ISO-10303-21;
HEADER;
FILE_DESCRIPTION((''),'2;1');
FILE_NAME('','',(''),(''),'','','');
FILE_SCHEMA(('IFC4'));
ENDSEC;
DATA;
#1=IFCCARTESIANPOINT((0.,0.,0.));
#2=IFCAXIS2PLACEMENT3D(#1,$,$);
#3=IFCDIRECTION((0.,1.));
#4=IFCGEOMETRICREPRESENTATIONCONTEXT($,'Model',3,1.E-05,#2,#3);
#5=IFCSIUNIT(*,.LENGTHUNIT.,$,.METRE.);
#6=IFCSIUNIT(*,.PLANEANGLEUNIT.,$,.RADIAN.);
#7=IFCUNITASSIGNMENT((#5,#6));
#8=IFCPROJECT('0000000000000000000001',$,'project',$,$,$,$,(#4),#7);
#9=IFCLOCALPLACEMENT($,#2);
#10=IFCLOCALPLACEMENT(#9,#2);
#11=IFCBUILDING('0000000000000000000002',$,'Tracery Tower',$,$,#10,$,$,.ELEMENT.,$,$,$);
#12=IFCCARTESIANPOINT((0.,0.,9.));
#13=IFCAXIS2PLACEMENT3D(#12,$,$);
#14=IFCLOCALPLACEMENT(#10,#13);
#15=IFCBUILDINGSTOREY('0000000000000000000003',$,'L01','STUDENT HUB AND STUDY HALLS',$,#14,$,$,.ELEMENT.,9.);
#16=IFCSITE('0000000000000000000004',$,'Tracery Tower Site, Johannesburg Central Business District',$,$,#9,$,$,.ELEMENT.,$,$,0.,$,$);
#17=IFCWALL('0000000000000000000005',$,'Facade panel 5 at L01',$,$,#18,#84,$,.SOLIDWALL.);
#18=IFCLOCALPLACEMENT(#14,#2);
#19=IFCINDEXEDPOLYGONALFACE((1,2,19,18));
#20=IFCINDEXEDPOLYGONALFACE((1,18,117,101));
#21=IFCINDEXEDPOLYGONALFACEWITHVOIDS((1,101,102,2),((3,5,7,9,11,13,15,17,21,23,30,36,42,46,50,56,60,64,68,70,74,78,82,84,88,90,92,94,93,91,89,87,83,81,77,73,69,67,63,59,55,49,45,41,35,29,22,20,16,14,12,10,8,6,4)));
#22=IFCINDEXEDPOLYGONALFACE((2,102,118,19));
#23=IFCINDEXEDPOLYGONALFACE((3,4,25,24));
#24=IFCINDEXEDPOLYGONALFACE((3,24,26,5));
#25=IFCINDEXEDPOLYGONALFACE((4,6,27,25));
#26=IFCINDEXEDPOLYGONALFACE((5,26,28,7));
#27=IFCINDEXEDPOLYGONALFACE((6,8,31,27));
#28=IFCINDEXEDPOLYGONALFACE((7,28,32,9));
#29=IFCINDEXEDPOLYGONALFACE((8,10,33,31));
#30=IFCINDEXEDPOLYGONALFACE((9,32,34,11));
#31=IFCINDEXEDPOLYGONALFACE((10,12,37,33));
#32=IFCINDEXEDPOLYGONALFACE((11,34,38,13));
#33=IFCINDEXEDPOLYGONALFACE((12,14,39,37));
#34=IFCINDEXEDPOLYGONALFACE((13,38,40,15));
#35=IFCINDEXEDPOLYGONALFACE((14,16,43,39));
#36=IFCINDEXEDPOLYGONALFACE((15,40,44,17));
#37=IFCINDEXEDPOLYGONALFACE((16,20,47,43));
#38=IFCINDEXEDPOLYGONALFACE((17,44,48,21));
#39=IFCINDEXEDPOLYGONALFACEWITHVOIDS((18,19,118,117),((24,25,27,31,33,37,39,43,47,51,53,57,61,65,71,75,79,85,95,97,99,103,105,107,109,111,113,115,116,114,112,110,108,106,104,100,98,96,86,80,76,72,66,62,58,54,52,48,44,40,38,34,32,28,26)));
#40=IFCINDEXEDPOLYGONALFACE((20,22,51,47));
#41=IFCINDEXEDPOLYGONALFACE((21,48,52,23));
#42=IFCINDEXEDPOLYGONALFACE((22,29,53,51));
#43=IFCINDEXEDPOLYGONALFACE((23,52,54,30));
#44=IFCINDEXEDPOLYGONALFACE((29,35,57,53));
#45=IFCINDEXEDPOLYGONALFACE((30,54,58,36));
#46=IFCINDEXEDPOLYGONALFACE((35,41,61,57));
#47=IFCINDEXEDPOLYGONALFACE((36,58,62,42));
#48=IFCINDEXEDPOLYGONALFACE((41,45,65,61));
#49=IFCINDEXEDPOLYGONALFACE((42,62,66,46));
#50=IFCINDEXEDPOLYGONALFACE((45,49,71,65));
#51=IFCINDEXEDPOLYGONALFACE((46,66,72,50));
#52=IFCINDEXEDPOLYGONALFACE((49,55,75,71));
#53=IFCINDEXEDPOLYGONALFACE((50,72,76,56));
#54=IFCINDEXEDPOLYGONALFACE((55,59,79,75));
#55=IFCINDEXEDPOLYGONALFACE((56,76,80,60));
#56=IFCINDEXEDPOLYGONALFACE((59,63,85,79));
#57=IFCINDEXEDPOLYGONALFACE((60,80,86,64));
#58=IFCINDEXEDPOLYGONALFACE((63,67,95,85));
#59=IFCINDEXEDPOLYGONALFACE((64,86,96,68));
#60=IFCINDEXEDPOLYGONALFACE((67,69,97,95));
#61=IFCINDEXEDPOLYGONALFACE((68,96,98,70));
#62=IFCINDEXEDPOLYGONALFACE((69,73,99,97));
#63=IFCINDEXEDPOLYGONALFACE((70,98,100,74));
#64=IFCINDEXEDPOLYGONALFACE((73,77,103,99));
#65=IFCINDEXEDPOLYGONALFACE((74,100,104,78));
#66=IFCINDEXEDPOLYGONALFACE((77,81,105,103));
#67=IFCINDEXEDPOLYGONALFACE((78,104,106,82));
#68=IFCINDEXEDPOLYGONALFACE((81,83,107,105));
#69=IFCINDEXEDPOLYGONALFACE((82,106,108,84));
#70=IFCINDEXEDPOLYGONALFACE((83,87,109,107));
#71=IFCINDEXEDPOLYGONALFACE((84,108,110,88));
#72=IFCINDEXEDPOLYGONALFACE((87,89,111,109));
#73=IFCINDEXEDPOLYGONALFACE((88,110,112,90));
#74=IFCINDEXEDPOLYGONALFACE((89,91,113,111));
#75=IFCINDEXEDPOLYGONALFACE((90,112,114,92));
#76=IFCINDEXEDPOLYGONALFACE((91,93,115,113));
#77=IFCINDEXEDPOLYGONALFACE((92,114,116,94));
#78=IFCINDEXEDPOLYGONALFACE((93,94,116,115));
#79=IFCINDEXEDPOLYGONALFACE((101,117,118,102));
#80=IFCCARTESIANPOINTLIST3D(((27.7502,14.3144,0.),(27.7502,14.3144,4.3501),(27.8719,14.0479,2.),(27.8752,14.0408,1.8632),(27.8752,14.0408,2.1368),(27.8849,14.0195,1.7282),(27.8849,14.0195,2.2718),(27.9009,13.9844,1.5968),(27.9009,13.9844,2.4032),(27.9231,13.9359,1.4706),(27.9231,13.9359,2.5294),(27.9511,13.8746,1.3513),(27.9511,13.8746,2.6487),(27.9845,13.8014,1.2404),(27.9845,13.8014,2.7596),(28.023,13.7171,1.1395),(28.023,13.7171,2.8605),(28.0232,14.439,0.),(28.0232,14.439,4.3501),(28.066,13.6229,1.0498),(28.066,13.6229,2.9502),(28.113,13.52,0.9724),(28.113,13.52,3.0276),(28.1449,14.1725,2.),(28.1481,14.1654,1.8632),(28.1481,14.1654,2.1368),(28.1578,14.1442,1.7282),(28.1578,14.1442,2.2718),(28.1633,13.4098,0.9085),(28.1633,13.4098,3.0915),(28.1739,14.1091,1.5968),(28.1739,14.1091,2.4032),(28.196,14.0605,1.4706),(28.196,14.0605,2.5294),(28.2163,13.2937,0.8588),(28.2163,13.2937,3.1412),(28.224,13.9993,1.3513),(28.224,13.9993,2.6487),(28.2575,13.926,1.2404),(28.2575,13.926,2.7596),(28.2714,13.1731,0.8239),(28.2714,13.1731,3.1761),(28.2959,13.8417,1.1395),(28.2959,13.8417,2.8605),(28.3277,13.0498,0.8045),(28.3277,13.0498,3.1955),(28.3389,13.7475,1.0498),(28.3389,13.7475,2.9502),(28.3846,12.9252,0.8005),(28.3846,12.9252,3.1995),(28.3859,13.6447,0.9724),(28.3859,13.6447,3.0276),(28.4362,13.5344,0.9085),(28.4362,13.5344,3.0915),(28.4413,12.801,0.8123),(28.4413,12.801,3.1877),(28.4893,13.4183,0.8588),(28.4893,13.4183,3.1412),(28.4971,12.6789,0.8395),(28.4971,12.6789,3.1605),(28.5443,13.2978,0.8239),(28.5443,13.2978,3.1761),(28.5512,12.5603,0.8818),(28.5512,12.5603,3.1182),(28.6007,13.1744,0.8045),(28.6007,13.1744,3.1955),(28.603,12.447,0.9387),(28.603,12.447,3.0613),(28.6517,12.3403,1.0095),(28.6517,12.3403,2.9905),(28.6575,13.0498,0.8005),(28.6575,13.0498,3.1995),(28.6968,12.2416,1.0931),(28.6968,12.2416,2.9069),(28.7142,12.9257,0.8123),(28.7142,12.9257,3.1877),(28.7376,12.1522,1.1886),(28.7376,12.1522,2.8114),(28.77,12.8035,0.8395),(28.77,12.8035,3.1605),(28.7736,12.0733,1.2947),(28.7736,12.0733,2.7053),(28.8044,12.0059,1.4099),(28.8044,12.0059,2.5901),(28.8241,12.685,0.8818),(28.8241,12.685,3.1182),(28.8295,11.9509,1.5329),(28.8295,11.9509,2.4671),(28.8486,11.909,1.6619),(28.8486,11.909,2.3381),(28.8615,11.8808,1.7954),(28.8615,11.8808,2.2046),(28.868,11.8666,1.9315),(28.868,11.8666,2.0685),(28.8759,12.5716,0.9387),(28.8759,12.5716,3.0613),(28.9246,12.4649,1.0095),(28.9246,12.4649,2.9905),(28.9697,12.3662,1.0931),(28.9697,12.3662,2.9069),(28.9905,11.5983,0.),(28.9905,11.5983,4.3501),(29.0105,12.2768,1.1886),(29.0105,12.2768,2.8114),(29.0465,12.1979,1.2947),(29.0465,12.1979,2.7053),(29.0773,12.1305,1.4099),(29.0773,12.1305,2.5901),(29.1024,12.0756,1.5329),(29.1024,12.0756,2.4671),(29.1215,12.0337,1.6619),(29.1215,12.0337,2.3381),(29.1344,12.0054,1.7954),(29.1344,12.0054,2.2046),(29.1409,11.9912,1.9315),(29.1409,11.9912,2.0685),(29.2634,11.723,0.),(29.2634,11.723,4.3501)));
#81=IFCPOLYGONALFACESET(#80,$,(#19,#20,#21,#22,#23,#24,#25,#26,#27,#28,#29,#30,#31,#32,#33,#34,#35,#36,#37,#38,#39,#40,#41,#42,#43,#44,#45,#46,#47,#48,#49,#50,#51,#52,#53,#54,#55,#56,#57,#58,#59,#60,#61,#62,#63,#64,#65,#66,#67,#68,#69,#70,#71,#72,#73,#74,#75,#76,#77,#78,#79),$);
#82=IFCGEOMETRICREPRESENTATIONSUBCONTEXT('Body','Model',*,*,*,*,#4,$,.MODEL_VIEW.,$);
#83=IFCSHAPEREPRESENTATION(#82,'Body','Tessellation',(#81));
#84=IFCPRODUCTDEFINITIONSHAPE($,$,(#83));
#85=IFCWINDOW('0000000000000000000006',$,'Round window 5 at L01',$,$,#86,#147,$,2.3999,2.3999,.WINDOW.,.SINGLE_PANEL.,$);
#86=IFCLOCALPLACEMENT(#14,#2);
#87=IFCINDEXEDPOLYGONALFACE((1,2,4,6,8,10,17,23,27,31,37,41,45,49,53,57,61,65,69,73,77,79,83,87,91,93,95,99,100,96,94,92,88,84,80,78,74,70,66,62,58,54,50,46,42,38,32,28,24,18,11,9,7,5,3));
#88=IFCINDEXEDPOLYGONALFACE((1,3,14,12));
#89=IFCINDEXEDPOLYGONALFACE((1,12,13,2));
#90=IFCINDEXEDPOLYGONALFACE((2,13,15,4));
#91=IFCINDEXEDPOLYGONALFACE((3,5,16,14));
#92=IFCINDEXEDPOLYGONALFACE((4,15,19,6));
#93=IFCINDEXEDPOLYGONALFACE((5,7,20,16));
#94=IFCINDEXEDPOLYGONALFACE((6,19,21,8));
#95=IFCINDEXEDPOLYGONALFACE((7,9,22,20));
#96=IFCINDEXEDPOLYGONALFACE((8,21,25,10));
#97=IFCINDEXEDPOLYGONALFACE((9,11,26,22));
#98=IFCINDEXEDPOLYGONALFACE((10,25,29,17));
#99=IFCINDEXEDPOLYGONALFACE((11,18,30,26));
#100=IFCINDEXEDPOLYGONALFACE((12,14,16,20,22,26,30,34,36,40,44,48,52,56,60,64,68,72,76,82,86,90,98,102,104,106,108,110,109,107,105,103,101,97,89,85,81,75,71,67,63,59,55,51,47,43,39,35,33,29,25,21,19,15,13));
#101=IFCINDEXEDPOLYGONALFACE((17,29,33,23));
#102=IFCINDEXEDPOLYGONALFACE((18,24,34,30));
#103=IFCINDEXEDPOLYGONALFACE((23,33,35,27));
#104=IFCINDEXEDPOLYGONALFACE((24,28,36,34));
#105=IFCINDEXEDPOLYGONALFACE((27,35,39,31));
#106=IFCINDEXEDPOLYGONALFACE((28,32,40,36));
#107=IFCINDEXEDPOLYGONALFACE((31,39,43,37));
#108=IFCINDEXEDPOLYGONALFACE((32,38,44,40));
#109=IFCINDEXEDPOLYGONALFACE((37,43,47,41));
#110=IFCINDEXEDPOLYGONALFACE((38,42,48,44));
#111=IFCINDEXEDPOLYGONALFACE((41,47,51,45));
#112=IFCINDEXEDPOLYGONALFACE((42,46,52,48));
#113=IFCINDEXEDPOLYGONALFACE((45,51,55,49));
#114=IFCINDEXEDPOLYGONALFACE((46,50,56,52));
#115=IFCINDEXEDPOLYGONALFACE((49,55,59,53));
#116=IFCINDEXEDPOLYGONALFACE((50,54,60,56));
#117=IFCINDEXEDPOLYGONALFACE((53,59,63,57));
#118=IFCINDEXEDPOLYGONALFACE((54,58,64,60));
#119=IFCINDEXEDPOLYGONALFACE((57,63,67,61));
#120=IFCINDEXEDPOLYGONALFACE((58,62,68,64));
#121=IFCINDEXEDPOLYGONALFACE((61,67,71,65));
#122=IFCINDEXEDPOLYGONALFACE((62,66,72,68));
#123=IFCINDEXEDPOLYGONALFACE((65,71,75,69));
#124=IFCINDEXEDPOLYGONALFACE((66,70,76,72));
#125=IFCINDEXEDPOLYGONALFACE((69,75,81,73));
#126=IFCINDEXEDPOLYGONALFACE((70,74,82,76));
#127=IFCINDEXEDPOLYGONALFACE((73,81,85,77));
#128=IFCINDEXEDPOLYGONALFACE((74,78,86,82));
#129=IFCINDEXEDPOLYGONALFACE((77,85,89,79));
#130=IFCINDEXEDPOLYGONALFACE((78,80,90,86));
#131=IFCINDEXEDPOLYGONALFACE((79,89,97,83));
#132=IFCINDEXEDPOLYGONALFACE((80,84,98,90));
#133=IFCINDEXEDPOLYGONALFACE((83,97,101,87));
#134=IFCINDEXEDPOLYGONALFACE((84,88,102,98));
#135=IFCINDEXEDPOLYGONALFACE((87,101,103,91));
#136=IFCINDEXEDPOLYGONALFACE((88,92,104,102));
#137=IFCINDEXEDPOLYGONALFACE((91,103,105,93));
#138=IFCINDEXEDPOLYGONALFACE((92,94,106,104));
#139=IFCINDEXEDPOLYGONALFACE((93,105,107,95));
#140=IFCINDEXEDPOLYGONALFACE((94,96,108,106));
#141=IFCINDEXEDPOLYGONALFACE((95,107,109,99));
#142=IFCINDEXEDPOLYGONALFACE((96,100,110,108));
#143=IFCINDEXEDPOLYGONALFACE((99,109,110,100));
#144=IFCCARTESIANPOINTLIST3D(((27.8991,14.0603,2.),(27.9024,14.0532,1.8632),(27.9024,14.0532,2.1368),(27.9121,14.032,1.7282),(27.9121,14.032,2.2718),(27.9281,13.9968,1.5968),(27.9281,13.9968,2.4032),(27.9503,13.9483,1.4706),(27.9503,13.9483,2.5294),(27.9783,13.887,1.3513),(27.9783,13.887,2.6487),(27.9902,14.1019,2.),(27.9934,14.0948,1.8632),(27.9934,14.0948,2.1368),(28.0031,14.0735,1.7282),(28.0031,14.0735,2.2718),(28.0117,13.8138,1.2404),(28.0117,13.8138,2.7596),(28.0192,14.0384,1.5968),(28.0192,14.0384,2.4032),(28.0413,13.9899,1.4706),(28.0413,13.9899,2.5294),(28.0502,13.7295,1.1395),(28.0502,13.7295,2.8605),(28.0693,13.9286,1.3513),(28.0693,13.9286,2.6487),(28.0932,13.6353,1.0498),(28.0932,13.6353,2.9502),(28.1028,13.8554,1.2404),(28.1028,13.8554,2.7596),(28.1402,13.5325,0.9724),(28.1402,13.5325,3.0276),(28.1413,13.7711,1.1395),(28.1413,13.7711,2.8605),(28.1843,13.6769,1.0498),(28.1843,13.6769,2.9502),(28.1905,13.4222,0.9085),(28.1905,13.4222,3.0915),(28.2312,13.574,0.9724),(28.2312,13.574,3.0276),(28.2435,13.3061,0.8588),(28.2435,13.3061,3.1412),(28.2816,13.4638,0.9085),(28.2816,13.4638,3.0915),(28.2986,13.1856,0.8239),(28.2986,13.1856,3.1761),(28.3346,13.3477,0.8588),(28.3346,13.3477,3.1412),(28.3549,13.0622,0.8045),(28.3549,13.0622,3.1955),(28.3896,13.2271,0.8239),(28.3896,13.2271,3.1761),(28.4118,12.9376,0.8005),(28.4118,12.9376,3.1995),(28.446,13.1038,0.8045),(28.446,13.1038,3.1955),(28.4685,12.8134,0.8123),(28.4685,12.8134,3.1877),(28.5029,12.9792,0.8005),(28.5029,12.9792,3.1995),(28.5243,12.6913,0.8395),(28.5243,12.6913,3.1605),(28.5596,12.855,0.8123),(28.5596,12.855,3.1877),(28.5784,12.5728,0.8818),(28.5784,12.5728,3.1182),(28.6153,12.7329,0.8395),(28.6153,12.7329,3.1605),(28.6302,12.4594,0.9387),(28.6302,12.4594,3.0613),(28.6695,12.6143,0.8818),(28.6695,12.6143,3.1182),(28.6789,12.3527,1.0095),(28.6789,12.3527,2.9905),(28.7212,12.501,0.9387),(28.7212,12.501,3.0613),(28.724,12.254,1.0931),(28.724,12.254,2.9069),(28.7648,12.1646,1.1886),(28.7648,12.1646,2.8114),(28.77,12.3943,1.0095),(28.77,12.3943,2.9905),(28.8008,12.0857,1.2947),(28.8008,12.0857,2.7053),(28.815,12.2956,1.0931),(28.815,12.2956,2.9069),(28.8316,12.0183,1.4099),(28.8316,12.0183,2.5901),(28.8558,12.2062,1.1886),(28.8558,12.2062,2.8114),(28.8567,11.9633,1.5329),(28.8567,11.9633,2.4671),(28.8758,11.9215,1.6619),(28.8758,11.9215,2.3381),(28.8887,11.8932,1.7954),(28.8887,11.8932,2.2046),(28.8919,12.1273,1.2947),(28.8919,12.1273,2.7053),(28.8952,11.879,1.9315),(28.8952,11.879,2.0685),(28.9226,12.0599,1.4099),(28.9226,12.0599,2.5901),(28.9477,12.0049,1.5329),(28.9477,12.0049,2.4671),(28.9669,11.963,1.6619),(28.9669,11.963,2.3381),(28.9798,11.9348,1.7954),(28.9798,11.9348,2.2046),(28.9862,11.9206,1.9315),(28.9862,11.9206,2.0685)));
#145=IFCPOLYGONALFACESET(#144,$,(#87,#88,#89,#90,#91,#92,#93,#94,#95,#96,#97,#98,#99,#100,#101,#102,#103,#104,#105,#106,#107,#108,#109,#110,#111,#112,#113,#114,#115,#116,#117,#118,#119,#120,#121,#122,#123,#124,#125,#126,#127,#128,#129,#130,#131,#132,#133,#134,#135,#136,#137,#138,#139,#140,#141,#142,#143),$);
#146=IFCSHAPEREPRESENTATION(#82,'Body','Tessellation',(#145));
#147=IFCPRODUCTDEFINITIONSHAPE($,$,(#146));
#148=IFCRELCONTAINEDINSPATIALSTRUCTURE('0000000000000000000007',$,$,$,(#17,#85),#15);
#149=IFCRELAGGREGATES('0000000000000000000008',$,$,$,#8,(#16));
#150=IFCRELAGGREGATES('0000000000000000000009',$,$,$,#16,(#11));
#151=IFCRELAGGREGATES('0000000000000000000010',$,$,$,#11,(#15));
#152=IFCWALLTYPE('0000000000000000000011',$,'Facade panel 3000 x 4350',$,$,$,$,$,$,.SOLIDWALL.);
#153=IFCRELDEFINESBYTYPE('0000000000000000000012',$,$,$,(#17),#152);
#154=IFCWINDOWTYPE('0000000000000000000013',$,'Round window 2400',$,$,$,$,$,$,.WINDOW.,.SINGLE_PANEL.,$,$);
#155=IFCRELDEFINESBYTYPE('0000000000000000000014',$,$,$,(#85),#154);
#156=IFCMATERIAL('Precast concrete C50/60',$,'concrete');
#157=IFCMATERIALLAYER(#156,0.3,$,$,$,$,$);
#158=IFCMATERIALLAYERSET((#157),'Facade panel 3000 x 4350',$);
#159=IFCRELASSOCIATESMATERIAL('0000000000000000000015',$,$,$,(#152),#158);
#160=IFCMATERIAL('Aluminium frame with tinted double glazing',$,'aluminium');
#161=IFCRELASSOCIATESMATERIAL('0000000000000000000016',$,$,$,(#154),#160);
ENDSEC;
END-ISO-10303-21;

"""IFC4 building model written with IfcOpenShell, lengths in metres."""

from ifc_helpers import new_model, si_unit, direction, frame, frame_2d, origin, origin_2d, place, context, subcontext, project, spatial, rectangle, circle, extrude, material, layer, layer_set, type_object, element, fill, save


model = new_model("IFC4")

# Units and contexts
model_context = context("Model", 3, precision=1e-05, world=origin(), true_north=direction((0.0, 1.0)))
body_context = subcontext(model_context, "Body", "Model", "MODEL_VIEW")
ifc_project = project(units=[si_unit("LENGTHUNIT", "METRE"), si_unit("PLANEANGLEUNIT", "RADIAN")], contexts=[model_context])

# Site, building, storey
site_placement = place(None, origin())
site = spatial("IfcSite", under=ifc_project, at=site_placement, Name="Tracery Tower Site, Johannesburg Central Business District", CompositionType="ELEMENT", RefElevation=0.0)
building_placement = place(site_placement, origin())
building = spatial("IfcBuilding", under=site, at=building_placement, Name="Tracery Tower", CompositionType="ELEMENT")
storey_placement = place(building_placement, frame((0.0, 0.0, 9.0)))
storey = spatial("IfcBuildingStorey", under=building, at=storey_placement, Name="L01", Description="STUDENT HUB AND STUDY HALLS", CompositionType="ELEMENT", Elevation=9.0)

# Wall, opening, window
ifc_material_1 = material(Name="Precast concrete C50/60", Category="concrete")
ifc_layer_1 = layer(ifc_material_1, 0.3)
ifc_layer_set_1 = layer_set([ifc_layer_1], Name="Facade panel 3000 x 4350")
wall_type_1 = type_object("IfcWallType", Name="Facade panel 3000 x 4350", PredefinedType="SOLIDWALL", material=ifc_layer_set_1)
ifc_material_2 = material(Name="Aluminium frame with tinted double glazing", Category="aluminium")
window_type = type_object("IfcWindowType", Name="Round window 2400", PartitioningType="SINGLE_PANEL", PredefinedType="WINDOW", material=ifc_material_2)
wall_1_placement = place(storey_placement, frame((29.127, 11.6606, 0.0), z_axis=(0.0, 0.0, 1.0), x_axis=(-0.415373, 0.909651, 0.0)))
wall_1 = element("IfcWall", 1, at=wall_1_placement, inside=storey, type_object=wall_type_1, Name="Facade panel 5 at L01", PredefinedType="SOLIDWALL", context=body_context, shape_type="SweptSolid", body=[
    extrude(rectangle(XDim=2.9858, YDim=0.3, at=frame_2d((1.4929, 0.0))), origin(), (0.0, 0.0, 1.0), 4.3501),
])
opening_1_placement = place(wall_1_placement, frame((1.4929, 0.0, 2.0)))
opening_1 = element("IfcOpeningElement", 2, at=opening_1_placement, cuts=wall_1, PredefinedType="OPENING", context=body_context, shape_type="SweptSolid", body=[
    extrude(circle(Radius=1.2, at=origin_2d()), frame((0.0, 0.1599, 0.0), z_axis=(0.0, -1.0, 0.0), x_axis=(1.0, 0.0, 0.0)), (0.0, 0.0, 1.0), 0.3201),
])
window_1_placement = place(opening_1_placement, origin())
window_1 = element("IfcWindow", 3, at=window_1_placement, inside=storey, type_object=window_type, Name="Round window 5 at L01", OverallHeight=2.3999, OverallWidth=2.3999, PartitioningType="SINGLE_PANEL", PredefinedType="WINDOW", context=body_context, shape_type="SweptSolid", body=[
    extrude(circle(Radius=1.2, at=origin_2d()), frame((0.0, 0.1201, 0.0), z_axis=(0.0, -1.0, 0.0), x_axis=(1.0, 0.0, 0.0)), (0.0, 0.0, 1.0), 0.1001),
])
fill(opening_1, window_1)

save(model, "model.ifc")
